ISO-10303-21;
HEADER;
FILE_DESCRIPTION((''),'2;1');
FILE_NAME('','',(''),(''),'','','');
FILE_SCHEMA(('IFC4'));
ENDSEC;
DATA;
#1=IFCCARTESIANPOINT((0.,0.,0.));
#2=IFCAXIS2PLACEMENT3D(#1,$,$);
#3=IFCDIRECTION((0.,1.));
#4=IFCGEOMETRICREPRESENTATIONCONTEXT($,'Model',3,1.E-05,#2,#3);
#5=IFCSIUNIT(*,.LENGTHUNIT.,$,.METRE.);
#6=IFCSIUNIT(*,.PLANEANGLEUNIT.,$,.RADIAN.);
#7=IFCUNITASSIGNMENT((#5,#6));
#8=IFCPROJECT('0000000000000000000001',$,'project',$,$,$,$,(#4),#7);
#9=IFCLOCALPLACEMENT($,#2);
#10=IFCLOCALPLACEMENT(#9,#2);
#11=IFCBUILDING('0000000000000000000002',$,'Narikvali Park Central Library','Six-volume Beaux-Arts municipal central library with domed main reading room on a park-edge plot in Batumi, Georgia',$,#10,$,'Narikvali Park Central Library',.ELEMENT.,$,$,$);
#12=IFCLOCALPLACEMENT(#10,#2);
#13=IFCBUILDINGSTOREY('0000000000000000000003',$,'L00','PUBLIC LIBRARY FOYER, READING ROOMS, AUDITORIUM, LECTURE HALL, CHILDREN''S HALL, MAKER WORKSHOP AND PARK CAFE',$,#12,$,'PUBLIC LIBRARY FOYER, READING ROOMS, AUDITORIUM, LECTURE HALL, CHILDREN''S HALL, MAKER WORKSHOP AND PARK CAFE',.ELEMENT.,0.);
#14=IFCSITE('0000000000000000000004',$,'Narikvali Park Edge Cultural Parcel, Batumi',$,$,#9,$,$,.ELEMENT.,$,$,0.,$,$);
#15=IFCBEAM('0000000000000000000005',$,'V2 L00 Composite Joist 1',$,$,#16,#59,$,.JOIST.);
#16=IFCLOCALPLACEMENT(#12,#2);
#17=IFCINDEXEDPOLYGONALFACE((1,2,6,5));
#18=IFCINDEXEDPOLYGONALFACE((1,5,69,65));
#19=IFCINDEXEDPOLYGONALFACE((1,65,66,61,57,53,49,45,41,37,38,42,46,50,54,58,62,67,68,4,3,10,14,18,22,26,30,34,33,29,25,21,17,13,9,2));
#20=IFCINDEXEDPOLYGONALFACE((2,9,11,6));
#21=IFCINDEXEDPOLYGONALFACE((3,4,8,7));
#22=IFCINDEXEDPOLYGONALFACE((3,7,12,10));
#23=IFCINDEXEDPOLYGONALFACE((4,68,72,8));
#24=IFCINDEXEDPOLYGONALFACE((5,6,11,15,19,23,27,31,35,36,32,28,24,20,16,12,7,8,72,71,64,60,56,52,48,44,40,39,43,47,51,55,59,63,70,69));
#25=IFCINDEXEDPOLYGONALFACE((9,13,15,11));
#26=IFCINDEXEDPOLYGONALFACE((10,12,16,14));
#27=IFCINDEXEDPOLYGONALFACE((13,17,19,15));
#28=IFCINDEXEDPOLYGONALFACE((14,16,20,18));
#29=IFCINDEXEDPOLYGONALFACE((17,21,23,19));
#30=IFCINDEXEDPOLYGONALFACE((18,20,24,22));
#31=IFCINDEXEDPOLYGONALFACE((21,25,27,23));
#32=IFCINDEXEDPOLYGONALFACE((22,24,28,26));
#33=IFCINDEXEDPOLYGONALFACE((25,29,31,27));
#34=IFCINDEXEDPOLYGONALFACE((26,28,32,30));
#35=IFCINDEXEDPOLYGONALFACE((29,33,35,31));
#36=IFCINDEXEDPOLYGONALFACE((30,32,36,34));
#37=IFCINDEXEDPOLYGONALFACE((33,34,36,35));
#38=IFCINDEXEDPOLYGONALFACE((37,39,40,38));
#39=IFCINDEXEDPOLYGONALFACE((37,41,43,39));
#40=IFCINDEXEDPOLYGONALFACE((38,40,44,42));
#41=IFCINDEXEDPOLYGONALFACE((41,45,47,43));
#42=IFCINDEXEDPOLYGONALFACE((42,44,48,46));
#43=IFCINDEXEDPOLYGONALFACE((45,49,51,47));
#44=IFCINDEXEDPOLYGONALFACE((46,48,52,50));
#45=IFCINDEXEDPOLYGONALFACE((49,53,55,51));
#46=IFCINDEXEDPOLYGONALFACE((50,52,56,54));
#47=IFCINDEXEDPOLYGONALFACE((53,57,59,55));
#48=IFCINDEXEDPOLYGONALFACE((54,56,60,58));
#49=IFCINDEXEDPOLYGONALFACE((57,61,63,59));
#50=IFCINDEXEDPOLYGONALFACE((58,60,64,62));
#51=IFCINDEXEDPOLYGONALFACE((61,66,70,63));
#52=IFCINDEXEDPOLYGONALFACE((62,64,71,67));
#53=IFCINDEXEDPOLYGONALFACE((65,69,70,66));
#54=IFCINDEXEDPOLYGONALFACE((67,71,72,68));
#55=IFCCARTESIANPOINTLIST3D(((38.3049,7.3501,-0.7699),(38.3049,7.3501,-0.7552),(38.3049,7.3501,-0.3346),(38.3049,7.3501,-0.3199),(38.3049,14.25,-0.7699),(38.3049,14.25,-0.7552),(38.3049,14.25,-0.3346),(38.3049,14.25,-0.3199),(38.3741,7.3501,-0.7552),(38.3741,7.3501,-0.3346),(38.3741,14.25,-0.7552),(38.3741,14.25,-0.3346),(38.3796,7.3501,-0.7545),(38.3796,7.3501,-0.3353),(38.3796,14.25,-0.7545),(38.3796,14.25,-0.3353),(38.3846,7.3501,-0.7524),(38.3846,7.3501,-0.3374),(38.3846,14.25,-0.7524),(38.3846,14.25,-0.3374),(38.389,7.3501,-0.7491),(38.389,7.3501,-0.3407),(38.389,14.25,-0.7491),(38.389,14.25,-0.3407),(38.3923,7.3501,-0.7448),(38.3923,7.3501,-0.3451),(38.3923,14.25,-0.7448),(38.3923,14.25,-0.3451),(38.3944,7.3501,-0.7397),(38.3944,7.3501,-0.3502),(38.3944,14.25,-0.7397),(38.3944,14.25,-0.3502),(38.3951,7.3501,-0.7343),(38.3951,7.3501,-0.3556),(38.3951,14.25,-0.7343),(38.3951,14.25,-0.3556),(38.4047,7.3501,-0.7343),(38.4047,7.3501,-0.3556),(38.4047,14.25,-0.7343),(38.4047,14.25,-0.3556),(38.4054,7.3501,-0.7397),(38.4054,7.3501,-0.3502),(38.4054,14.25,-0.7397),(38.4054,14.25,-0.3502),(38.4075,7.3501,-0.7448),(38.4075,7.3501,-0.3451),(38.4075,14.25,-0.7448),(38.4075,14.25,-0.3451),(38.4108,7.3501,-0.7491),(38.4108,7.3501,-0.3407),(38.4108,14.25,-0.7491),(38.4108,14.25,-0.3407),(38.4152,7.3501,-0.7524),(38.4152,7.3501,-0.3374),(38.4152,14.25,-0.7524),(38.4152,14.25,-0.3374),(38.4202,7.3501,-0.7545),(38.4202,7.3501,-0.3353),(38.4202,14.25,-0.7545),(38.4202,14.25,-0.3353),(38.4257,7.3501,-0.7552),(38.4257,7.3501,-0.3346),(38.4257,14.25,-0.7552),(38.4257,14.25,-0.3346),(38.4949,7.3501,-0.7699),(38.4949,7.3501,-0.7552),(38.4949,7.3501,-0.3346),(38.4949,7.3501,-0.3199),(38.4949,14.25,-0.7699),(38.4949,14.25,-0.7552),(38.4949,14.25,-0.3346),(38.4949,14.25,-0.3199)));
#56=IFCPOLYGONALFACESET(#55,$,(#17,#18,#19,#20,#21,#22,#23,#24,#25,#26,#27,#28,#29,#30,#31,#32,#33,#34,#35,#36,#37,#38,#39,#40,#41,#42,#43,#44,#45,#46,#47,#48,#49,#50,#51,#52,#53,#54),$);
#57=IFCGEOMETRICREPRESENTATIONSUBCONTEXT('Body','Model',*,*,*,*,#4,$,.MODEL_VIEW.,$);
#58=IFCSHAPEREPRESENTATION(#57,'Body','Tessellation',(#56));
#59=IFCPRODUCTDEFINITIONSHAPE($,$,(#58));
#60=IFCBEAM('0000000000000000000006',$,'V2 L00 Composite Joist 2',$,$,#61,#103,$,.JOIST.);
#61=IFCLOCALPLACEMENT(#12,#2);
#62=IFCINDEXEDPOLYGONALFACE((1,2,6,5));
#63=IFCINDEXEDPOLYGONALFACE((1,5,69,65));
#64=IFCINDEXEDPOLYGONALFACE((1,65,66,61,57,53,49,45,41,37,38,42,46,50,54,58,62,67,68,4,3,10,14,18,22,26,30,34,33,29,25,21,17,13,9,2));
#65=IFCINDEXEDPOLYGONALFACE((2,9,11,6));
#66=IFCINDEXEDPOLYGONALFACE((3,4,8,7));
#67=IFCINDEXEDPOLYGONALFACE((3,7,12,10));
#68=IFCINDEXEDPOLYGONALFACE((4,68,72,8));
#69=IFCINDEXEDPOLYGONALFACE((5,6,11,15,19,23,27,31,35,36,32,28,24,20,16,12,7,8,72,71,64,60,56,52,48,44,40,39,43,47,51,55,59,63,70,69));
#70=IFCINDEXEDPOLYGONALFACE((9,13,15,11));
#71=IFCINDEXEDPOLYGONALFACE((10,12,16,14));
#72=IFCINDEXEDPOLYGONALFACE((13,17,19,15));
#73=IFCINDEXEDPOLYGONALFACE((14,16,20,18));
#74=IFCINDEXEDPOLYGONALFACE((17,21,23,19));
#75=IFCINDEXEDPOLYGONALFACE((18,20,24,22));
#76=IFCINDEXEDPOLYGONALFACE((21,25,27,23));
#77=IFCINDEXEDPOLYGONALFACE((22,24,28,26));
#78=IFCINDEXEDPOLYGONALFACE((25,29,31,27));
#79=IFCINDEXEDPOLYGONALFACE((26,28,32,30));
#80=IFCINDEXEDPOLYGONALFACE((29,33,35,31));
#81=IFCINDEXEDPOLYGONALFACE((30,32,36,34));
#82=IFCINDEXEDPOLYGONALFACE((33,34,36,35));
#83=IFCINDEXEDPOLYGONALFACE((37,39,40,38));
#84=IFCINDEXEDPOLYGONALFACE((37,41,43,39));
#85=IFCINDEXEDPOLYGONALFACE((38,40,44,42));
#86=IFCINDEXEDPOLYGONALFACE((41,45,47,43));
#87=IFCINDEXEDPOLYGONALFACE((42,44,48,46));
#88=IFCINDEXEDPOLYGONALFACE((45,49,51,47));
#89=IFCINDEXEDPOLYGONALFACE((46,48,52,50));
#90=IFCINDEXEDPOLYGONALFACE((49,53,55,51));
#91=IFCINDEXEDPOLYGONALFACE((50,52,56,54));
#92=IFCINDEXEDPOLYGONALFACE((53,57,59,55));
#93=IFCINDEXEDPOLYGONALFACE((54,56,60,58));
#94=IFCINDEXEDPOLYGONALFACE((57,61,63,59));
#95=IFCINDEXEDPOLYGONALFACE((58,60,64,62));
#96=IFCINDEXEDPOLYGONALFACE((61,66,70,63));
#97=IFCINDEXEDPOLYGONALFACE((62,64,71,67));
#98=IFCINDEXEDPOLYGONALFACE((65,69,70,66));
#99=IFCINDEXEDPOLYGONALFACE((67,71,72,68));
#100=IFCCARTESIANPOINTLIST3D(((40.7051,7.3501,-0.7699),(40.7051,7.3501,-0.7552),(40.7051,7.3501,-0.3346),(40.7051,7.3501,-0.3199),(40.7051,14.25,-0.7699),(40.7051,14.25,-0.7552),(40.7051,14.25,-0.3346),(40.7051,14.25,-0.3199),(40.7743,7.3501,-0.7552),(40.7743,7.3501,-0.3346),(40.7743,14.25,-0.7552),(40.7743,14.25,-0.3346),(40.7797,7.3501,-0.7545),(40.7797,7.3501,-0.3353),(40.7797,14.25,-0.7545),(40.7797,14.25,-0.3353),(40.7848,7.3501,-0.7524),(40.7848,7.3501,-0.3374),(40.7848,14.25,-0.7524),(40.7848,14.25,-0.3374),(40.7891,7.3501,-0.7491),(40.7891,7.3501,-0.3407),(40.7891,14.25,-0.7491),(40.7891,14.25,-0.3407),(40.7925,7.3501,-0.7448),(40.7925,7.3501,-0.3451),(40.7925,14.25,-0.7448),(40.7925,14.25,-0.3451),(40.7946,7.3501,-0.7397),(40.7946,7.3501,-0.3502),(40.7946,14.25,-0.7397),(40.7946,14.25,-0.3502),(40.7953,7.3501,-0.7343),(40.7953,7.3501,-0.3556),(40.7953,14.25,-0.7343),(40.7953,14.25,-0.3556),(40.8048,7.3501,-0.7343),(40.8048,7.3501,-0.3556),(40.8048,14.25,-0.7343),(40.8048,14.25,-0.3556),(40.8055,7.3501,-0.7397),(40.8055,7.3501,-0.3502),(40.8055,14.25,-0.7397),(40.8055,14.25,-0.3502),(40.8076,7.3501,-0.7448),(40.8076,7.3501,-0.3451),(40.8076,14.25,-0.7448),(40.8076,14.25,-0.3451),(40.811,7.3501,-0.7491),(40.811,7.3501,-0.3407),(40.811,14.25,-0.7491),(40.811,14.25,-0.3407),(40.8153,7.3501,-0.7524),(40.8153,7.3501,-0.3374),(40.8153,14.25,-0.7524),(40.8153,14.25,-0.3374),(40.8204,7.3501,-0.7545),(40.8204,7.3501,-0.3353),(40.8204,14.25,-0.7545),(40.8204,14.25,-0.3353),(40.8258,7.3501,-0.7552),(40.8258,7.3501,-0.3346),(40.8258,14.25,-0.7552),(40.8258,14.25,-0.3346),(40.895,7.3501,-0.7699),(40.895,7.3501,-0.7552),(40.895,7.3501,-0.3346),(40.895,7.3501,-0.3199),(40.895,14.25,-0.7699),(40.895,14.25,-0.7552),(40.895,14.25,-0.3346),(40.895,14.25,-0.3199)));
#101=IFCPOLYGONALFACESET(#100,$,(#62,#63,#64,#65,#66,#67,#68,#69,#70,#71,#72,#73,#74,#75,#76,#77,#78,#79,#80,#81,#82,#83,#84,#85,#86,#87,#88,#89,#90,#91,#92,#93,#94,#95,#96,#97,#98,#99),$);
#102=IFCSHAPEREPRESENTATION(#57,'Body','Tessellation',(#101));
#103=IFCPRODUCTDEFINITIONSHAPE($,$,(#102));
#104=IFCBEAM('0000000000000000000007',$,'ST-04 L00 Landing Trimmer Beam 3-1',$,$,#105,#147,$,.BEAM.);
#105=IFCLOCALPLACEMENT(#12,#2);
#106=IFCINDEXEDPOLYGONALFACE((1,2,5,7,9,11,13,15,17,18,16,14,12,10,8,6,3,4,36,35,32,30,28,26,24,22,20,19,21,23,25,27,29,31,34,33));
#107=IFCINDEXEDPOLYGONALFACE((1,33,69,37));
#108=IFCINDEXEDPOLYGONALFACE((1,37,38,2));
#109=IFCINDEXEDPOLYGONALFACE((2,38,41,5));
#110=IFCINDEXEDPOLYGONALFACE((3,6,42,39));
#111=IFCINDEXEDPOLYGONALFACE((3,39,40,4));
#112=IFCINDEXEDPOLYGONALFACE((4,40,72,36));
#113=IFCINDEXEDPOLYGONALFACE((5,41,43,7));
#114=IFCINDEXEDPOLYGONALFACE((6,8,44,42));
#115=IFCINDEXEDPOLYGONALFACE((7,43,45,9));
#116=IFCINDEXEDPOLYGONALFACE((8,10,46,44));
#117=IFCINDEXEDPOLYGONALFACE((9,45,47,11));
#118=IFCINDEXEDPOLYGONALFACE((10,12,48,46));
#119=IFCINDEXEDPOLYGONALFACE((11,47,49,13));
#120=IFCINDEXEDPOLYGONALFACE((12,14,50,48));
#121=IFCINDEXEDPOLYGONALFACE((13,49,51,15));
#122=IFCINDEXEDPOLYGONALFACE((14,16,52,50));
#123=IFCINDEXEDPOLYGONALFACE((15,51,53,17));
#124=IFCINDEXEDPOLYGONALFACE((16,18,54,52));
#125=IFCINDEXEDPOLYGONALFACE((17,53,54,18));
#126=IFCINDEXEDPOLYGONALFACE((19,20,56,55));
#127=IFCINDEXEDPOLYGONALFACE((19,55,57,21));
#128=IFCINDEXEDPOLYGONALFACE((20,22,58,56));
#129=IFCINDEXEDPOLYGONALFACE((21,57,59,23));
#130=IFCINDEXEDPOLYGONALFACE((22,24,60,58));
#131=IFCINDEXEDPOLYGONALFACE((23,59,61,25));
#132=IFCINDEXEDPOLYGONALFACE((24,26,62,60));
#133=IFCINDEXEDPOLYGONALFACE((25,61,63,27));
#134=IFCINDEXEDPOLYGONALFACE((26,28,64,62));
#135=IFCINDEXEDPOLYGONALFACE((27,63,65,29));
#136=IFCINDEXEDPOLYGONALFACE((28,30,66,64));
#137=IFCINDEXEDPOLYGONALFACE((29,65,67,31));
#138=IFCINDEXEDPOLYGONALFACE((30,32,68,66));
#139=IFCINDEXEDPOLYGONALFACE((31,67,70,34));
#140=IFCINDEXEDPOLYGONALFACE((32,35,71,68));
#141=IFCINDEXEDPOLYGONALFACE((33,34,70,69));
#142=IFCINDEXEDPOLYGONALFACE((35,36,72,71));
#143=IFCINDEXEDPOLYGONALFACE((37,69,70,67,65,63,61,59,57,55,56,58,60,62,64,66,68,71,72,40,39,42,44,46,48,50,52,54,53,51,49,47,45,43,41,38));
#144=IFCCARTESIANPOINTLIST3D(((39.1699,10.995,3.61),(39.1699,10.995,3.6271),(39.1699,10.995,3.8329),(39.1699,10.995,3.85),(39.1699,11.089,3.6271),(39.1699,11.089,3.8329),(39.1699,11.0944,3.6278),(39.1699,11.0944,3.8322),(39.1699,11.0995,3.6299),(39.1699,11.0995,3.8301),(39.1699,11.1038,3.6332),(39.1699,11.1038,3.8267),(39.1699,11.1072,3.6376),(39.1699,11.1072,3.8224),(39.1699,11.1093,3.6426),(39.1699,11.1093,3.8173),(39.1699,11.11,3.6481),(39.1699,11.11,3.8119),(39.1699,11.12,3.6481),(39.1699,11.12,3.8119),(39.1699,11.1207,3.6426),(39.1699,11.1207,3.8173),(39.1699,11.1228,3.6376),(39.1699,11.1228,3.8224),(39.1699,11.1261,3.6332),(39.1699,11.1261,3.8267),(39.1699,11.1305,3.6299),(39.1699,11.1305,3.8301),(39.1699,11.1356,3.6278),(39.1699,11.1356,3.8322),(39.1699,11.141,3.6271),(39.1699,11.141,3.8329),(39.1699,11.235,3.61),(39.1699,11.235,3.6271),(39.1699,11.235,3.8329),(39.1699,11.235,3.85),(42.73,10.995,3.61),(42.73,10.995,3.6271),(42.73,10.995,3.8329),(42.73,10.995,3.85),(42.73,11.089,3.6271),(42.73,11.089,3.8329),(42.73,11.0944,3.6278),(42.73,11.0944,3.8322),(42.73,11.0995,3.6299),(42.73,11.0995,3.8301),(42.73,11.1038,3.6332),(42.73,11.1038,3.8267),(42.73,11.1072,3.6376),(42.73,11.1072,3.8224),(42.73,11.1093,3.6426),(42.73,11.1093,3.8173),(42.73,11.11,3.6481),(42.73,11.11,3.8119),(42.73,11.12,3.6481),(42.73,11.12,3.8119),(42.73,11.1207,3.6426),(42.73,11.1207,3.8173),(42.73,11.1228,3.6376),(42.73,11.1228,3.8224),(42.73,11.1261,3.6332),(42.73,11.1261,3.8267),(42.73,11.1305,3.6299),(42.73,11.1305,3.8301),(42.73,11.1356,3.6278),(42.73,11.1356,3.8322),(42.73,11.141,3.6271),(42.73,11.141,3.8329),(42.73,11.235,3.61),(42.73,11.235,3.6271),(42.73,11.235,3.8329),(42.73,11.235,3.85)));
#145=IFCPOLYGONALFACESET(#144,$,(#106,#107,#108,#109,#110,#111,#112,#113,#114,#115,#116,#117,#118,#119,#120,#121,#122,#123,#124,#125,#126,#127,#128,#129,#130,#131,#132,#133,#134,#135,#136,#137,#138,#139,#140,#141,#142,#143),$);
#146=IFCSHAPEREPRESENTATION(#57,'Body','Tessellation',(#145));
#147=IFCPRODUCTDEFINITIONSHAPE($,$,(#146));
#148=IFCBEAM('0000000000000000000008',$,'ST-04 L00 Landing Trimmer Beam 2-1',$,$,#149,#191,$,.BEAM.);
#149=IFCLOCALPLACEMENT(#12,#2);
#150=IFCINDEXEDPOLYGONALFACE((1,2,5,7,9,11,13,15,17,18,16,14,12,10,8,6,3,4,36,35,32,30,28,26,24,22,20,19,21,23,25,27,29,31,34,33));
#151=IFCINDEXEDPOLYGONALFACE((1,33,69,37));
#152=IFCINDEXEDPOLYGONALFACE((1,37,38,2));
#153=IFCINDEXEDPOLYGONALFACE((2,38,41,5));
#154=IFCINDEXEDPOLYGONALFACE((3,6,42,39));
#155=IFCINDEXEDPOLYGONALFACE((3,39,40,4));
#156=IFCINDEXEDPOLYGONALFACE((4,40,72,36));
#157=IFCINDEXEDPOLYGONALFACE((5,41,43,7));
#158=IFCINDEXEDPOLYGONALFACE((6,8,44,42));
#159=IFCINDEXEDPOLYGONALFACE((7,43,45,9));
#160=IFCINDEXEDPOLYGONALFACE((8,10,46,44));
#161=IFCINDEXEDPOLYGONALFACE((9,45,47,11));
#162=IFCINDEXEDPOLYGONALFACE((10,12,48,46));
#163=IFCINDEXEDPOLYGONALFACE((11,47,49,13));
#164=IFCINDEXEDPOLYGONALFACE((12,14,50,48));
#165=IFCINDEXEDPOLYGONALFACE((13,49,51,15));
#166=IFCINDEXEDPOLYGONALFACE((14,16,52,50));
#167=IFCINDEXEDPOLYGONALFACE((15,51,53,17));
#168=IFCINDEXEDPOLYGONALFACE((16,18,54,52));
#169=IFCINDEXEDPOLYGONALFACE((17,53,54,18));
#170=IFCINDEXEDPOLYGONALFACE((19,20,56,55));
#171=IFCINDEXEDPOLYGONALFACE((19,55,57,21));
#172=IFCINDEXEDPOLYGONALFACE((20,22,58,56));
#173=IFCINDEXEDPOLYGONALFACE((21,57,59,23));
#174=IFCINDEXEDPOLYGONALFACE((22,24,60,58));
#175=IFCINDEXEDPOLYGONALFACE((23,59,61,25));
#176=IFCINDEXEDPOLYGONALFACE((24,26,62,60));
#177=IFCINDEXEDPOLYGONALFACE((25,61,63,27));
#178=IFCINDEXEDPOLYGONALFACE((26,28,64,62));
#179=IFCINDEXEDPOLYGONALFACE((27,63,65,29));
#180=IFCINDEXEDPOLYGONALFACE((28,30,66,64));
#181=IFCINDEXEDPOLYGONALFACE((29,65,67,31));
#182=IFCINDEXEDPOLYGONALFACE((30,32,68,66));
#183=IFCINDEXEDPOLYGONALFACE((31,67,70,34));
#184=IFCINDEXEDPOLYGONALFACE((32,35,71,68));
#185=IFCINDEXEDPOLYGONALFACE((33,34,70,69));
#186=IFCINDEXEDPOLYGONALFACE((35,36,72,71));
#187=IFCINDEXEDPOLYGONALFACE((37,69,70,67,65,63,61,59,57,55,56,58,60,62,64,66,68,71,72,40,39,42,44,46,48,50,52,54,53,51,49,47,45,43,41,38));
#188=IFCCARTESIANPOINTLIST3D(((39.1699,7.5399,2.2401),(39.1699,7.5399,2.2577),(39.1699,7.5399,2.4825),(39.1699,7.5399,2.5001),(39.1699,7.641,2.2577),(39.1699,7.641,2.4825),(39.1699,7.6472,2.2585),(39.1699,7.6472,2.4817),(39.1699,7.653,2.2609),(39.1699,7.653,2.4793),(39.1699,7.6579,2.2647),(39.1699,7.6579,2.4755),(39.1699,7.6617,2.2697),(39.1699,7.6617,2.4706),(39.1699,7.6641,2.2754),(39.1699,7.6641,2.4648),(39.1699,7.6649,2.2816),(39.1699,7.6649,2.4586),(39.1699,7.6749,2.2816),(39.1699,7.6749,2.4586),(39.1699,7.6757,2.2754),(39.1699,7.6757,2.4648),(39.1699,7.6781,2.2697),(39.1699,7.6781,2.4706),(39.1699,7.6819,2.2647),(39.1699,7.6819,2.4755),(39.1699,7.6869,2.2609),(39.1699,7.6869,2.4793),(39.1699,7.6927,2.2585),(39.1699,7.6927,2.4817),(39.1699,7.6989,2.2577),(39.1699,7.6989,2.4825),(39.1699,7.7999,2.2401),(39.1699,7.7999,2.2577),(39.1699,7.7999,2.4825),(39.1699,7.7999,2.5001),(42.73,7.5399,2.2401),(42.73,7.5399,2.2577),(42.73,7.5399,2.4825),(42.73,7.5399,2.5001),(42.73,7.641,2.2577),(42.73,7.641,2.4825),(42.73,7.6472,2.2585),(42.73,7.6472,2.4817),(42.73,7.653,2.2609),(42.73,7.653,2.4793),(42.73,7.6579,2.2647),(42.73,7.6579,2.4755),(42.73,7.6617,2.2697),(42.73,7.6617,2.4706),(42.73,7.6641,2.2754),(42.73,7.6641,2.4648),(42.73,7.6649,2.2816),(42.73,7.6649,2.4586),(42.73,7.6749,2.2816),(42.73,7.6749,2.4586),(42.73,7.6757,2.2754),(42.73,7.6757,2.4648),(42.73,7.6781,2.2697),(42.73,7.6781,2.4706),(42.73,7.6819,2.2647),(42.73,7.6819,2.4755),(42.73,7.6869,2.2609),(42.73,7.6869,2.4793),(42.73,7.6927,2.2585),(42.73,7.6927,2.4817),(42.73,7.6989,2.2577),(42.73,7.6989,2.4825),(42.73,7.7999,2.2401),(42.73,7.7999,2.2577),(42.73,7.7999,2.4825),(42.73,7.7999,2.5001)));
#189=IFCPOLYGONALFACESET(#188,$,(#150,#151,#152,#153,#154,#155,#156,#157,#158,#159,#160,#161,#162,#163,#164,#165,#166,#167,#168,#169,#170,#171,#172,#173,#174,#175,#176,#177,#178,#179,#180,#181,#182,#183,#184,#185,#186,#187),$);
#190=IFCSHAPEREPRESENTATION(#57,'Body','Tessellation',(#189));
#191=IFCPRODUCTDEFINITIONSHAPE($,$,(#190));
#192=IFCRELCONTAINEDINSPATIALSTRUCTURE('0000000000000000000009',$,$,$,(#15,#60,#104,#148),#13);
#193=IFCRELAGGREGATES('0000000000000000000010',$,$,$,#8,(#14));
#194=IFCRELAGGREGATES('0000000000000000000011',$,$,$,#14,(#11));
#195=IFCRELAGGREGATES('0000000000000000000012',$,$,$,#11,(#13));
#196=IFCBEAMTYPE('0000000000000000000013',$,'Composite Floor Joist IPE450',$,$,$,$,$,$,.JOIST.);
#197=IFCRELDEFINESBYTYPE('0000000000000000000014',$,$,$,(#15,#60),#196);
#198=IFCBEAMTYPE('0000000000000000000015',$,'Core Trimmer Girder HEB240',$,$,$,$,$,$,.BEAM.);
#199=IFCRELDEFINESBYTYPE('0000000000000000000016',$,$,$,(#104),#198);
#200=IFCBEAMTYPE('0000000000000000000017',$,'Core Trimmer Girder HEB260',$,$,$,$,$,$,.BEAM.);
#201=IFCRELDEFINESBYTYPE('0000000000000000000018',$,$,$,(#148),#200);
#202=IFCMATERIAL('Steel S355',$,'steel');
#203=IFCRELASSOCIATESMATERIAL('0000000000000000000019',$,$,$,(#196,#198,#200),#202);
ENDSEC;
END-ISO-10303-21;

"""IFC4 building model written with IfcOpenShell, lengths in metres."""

from ifc_helpers import new_model, si_unit, direction, frame, origin, origin_2d, place, context, subcontext, project, spatial, i_section, extrude, material, material_profile, profile_set, type_object, element, save


model = new_model("IFC4")

# Units and contexts
model_context = context("Model", 3, precision=1e-05, world=origin(), true_north=direction((0.0, 1.0)))
body_context = subcontext(model_context, "Body", "Model", "MODEL_VIEW")
ifc_project = project(units=[si_unit("LENGTHUNIT", "METRE"), si_unit("PLANEANGLEUNIT", "RADIAN")], contexts=[model_context])

# Site, building, storey
site_placement = place(None, origin())
site = spatial("IfcSite", under=ifc_project, at=site_placement, Name="Narikvali Park Edge Cultural Parcel, Batumi", CompositionType="ELEMENT", RefElevation=0.0)
building_placement = place(site_placement, origin())
building = spatial("IfcBuilding", under=site, at=building_placement, Name="Narikvali Park Central Library", Description="Six-volume Beaux-Arts municipal central library with domed main reading room on a park-edge plot in Batumi, Georgia", LongName="Narikvali Park Central Library", CompositionType="ELEMENT")
storey_placement = place(building_placement, origin())
storey = spatial("IfcBuildingStorey", under=building, at=storey_placement, Name="L00", Description="PUBLIC LIBRARY FOYER, READING ROOMS, AUDITORIUM, LECTURE HALL, CHILDREN'S HALL, MAKER WORKSHOP AND PARK CAFE", LongName="PUBLIC LIBRARY FOYER, READING ROOMS, AUDITORIUM, LECTURE HALL, CHILDREN'S HALL, MAKER WORKSHOP AND PARK CAFE", CompositionType="ELEMENT", Elevation=0.0)

# Beams
ifc_material_1 = material(Name="Steel S355", Category="steel")
ifc_material_profile_1 = material_profile(ifc_material_1, i_section(OverallWidth=0.1899, OverallDepth=0.45, WebThickness=0.0095, FlangeThickness=0.0146, FilletRadius=0.021, at=origin_2d()), Name="IPE 450")
ifc_profile_set_1 = profile_set([ifc_material_profile_1], Name="Steel S355")
beam_type_1 = type_object("IfcBeamType", Name="Composite Floor Joist IPE450", PredefinedType="JOIST", material=ifc_profile_set_1)
for number, where, z_axis, x_axis, name in (
    (1, (38.3999, 7.3501, -0.5449), (0.0, 1.0, 0.0), (-1.0, 0.0, 0.0), "V2 L00 Composite Joist 1"),
    (2, (40.8, 7.3501, -0.5449), (0.0, 1.0, 0.0), (-1.0, 0.0, 0.0), "V2 L00 Composite Joist 2"),
):
    element("IfcBeam", number, at=place(storey_placement, frame(where, z_axis=z_axis, x_axis=x_axis)), inside=storey, type_object=beam_type_1, Name=name, PredefinedType="JOIST", context=body_context, shape_type="SweptSolid", body=[
        extrude(i_section(OverallWidth=0.1899, OverallDepth=0.45, WebThickness=0.0095, FlangeThickness=0.0146, FilletRadius=0.021, at=origin_2d()), origin(), (0.0, 0.0, 1.0), 6.8999),
    ])
ifc_material_profile_2 = material_profile(ifc_material_1, i_section(OverallWidth=0.24, OverallDepth=0.24, WebThickness=0.01, FlangeThickness=0.0171, FilletRadius=0.021, at=origin_2d()), Name="HEB 240")
ifc_profile_set_2 = profile_set([ifc_material_profile_2], Name="Steel S355")
beam_type_2 = type_object("IfcBeamType", Name="Core Trimmer Girder HEB240", PredefinedType="BEAM", material=ifc_profile_set_2)
beam_1_placement = place(storey_placement, frame((39.1699, 11.115, 3.73), z_axis=(1.0, 0.0, 0.0), x_axis=(0.0, 1.0, 0.0)))
element("IfcBeam", 3, at=beam_1_placement, inside=storey, type_object=beam_type_2, Name="ST-04 L00 Landing Trimmer Beam 3-1", PredefinedType="BEAM", context=body_context, shape_type="SweptSolid", body=[
    extrude(i_section(OverallWidth=0.24, OverallDepth=0.24, WebThickness=0.01, FlangeThickness=0.0171, FilletRadius=0.021, at=origin_2d()), origin(), (0.0, 0.0, 1.0), 3.5601),
])
ifc_material_profile_3 = material_profile(ifc_material_1, i_section(OverallWidth=0.26, OverallDepth=0.26, WebThickness=0.01, FlangeThickness=0.0176, FilletRadius=0.0239, at=origin_2d()), Name="HEB 260")
ifc_profile_set_3 = profile_set([ifc_material_profile_3], Name="Steel S355")
beam_type_3 = type_object("IfcBeamType", Name="Core Trimmer Girder HEB260", PredefinedType="BEAM", material=ifc_profile_set_3)
for number, where, z_axis, x_axis, name in (
    (4, (39.1699, 7.6699, 2.3701), (1.0, 0.0, 0.0), (0.0, 1.0, 0.0), "ST-04 L00 Landing Trimmer Beam 2-1"),
):
    element("IfcBeam", number, at=place(storey_placement, frame(where, z_axis=z_axis, x_axis=x_axis)), inside=storey, type_object=beam_type_3, Name=name, PredefinedType="BEAM", context=body_context, shape_type="SweptSolid", body=[
        extrude(i_section(OverallWidth=0.26, OverallDepth=0.26, WebThickness=0.01, FlangeThickness=0.0176, FilletRadius=0.0239, at=origin_2d()), origin(), (0.0, 0.0, 1.0), 3.5601),
    ])

save(model, "model.ifc")
